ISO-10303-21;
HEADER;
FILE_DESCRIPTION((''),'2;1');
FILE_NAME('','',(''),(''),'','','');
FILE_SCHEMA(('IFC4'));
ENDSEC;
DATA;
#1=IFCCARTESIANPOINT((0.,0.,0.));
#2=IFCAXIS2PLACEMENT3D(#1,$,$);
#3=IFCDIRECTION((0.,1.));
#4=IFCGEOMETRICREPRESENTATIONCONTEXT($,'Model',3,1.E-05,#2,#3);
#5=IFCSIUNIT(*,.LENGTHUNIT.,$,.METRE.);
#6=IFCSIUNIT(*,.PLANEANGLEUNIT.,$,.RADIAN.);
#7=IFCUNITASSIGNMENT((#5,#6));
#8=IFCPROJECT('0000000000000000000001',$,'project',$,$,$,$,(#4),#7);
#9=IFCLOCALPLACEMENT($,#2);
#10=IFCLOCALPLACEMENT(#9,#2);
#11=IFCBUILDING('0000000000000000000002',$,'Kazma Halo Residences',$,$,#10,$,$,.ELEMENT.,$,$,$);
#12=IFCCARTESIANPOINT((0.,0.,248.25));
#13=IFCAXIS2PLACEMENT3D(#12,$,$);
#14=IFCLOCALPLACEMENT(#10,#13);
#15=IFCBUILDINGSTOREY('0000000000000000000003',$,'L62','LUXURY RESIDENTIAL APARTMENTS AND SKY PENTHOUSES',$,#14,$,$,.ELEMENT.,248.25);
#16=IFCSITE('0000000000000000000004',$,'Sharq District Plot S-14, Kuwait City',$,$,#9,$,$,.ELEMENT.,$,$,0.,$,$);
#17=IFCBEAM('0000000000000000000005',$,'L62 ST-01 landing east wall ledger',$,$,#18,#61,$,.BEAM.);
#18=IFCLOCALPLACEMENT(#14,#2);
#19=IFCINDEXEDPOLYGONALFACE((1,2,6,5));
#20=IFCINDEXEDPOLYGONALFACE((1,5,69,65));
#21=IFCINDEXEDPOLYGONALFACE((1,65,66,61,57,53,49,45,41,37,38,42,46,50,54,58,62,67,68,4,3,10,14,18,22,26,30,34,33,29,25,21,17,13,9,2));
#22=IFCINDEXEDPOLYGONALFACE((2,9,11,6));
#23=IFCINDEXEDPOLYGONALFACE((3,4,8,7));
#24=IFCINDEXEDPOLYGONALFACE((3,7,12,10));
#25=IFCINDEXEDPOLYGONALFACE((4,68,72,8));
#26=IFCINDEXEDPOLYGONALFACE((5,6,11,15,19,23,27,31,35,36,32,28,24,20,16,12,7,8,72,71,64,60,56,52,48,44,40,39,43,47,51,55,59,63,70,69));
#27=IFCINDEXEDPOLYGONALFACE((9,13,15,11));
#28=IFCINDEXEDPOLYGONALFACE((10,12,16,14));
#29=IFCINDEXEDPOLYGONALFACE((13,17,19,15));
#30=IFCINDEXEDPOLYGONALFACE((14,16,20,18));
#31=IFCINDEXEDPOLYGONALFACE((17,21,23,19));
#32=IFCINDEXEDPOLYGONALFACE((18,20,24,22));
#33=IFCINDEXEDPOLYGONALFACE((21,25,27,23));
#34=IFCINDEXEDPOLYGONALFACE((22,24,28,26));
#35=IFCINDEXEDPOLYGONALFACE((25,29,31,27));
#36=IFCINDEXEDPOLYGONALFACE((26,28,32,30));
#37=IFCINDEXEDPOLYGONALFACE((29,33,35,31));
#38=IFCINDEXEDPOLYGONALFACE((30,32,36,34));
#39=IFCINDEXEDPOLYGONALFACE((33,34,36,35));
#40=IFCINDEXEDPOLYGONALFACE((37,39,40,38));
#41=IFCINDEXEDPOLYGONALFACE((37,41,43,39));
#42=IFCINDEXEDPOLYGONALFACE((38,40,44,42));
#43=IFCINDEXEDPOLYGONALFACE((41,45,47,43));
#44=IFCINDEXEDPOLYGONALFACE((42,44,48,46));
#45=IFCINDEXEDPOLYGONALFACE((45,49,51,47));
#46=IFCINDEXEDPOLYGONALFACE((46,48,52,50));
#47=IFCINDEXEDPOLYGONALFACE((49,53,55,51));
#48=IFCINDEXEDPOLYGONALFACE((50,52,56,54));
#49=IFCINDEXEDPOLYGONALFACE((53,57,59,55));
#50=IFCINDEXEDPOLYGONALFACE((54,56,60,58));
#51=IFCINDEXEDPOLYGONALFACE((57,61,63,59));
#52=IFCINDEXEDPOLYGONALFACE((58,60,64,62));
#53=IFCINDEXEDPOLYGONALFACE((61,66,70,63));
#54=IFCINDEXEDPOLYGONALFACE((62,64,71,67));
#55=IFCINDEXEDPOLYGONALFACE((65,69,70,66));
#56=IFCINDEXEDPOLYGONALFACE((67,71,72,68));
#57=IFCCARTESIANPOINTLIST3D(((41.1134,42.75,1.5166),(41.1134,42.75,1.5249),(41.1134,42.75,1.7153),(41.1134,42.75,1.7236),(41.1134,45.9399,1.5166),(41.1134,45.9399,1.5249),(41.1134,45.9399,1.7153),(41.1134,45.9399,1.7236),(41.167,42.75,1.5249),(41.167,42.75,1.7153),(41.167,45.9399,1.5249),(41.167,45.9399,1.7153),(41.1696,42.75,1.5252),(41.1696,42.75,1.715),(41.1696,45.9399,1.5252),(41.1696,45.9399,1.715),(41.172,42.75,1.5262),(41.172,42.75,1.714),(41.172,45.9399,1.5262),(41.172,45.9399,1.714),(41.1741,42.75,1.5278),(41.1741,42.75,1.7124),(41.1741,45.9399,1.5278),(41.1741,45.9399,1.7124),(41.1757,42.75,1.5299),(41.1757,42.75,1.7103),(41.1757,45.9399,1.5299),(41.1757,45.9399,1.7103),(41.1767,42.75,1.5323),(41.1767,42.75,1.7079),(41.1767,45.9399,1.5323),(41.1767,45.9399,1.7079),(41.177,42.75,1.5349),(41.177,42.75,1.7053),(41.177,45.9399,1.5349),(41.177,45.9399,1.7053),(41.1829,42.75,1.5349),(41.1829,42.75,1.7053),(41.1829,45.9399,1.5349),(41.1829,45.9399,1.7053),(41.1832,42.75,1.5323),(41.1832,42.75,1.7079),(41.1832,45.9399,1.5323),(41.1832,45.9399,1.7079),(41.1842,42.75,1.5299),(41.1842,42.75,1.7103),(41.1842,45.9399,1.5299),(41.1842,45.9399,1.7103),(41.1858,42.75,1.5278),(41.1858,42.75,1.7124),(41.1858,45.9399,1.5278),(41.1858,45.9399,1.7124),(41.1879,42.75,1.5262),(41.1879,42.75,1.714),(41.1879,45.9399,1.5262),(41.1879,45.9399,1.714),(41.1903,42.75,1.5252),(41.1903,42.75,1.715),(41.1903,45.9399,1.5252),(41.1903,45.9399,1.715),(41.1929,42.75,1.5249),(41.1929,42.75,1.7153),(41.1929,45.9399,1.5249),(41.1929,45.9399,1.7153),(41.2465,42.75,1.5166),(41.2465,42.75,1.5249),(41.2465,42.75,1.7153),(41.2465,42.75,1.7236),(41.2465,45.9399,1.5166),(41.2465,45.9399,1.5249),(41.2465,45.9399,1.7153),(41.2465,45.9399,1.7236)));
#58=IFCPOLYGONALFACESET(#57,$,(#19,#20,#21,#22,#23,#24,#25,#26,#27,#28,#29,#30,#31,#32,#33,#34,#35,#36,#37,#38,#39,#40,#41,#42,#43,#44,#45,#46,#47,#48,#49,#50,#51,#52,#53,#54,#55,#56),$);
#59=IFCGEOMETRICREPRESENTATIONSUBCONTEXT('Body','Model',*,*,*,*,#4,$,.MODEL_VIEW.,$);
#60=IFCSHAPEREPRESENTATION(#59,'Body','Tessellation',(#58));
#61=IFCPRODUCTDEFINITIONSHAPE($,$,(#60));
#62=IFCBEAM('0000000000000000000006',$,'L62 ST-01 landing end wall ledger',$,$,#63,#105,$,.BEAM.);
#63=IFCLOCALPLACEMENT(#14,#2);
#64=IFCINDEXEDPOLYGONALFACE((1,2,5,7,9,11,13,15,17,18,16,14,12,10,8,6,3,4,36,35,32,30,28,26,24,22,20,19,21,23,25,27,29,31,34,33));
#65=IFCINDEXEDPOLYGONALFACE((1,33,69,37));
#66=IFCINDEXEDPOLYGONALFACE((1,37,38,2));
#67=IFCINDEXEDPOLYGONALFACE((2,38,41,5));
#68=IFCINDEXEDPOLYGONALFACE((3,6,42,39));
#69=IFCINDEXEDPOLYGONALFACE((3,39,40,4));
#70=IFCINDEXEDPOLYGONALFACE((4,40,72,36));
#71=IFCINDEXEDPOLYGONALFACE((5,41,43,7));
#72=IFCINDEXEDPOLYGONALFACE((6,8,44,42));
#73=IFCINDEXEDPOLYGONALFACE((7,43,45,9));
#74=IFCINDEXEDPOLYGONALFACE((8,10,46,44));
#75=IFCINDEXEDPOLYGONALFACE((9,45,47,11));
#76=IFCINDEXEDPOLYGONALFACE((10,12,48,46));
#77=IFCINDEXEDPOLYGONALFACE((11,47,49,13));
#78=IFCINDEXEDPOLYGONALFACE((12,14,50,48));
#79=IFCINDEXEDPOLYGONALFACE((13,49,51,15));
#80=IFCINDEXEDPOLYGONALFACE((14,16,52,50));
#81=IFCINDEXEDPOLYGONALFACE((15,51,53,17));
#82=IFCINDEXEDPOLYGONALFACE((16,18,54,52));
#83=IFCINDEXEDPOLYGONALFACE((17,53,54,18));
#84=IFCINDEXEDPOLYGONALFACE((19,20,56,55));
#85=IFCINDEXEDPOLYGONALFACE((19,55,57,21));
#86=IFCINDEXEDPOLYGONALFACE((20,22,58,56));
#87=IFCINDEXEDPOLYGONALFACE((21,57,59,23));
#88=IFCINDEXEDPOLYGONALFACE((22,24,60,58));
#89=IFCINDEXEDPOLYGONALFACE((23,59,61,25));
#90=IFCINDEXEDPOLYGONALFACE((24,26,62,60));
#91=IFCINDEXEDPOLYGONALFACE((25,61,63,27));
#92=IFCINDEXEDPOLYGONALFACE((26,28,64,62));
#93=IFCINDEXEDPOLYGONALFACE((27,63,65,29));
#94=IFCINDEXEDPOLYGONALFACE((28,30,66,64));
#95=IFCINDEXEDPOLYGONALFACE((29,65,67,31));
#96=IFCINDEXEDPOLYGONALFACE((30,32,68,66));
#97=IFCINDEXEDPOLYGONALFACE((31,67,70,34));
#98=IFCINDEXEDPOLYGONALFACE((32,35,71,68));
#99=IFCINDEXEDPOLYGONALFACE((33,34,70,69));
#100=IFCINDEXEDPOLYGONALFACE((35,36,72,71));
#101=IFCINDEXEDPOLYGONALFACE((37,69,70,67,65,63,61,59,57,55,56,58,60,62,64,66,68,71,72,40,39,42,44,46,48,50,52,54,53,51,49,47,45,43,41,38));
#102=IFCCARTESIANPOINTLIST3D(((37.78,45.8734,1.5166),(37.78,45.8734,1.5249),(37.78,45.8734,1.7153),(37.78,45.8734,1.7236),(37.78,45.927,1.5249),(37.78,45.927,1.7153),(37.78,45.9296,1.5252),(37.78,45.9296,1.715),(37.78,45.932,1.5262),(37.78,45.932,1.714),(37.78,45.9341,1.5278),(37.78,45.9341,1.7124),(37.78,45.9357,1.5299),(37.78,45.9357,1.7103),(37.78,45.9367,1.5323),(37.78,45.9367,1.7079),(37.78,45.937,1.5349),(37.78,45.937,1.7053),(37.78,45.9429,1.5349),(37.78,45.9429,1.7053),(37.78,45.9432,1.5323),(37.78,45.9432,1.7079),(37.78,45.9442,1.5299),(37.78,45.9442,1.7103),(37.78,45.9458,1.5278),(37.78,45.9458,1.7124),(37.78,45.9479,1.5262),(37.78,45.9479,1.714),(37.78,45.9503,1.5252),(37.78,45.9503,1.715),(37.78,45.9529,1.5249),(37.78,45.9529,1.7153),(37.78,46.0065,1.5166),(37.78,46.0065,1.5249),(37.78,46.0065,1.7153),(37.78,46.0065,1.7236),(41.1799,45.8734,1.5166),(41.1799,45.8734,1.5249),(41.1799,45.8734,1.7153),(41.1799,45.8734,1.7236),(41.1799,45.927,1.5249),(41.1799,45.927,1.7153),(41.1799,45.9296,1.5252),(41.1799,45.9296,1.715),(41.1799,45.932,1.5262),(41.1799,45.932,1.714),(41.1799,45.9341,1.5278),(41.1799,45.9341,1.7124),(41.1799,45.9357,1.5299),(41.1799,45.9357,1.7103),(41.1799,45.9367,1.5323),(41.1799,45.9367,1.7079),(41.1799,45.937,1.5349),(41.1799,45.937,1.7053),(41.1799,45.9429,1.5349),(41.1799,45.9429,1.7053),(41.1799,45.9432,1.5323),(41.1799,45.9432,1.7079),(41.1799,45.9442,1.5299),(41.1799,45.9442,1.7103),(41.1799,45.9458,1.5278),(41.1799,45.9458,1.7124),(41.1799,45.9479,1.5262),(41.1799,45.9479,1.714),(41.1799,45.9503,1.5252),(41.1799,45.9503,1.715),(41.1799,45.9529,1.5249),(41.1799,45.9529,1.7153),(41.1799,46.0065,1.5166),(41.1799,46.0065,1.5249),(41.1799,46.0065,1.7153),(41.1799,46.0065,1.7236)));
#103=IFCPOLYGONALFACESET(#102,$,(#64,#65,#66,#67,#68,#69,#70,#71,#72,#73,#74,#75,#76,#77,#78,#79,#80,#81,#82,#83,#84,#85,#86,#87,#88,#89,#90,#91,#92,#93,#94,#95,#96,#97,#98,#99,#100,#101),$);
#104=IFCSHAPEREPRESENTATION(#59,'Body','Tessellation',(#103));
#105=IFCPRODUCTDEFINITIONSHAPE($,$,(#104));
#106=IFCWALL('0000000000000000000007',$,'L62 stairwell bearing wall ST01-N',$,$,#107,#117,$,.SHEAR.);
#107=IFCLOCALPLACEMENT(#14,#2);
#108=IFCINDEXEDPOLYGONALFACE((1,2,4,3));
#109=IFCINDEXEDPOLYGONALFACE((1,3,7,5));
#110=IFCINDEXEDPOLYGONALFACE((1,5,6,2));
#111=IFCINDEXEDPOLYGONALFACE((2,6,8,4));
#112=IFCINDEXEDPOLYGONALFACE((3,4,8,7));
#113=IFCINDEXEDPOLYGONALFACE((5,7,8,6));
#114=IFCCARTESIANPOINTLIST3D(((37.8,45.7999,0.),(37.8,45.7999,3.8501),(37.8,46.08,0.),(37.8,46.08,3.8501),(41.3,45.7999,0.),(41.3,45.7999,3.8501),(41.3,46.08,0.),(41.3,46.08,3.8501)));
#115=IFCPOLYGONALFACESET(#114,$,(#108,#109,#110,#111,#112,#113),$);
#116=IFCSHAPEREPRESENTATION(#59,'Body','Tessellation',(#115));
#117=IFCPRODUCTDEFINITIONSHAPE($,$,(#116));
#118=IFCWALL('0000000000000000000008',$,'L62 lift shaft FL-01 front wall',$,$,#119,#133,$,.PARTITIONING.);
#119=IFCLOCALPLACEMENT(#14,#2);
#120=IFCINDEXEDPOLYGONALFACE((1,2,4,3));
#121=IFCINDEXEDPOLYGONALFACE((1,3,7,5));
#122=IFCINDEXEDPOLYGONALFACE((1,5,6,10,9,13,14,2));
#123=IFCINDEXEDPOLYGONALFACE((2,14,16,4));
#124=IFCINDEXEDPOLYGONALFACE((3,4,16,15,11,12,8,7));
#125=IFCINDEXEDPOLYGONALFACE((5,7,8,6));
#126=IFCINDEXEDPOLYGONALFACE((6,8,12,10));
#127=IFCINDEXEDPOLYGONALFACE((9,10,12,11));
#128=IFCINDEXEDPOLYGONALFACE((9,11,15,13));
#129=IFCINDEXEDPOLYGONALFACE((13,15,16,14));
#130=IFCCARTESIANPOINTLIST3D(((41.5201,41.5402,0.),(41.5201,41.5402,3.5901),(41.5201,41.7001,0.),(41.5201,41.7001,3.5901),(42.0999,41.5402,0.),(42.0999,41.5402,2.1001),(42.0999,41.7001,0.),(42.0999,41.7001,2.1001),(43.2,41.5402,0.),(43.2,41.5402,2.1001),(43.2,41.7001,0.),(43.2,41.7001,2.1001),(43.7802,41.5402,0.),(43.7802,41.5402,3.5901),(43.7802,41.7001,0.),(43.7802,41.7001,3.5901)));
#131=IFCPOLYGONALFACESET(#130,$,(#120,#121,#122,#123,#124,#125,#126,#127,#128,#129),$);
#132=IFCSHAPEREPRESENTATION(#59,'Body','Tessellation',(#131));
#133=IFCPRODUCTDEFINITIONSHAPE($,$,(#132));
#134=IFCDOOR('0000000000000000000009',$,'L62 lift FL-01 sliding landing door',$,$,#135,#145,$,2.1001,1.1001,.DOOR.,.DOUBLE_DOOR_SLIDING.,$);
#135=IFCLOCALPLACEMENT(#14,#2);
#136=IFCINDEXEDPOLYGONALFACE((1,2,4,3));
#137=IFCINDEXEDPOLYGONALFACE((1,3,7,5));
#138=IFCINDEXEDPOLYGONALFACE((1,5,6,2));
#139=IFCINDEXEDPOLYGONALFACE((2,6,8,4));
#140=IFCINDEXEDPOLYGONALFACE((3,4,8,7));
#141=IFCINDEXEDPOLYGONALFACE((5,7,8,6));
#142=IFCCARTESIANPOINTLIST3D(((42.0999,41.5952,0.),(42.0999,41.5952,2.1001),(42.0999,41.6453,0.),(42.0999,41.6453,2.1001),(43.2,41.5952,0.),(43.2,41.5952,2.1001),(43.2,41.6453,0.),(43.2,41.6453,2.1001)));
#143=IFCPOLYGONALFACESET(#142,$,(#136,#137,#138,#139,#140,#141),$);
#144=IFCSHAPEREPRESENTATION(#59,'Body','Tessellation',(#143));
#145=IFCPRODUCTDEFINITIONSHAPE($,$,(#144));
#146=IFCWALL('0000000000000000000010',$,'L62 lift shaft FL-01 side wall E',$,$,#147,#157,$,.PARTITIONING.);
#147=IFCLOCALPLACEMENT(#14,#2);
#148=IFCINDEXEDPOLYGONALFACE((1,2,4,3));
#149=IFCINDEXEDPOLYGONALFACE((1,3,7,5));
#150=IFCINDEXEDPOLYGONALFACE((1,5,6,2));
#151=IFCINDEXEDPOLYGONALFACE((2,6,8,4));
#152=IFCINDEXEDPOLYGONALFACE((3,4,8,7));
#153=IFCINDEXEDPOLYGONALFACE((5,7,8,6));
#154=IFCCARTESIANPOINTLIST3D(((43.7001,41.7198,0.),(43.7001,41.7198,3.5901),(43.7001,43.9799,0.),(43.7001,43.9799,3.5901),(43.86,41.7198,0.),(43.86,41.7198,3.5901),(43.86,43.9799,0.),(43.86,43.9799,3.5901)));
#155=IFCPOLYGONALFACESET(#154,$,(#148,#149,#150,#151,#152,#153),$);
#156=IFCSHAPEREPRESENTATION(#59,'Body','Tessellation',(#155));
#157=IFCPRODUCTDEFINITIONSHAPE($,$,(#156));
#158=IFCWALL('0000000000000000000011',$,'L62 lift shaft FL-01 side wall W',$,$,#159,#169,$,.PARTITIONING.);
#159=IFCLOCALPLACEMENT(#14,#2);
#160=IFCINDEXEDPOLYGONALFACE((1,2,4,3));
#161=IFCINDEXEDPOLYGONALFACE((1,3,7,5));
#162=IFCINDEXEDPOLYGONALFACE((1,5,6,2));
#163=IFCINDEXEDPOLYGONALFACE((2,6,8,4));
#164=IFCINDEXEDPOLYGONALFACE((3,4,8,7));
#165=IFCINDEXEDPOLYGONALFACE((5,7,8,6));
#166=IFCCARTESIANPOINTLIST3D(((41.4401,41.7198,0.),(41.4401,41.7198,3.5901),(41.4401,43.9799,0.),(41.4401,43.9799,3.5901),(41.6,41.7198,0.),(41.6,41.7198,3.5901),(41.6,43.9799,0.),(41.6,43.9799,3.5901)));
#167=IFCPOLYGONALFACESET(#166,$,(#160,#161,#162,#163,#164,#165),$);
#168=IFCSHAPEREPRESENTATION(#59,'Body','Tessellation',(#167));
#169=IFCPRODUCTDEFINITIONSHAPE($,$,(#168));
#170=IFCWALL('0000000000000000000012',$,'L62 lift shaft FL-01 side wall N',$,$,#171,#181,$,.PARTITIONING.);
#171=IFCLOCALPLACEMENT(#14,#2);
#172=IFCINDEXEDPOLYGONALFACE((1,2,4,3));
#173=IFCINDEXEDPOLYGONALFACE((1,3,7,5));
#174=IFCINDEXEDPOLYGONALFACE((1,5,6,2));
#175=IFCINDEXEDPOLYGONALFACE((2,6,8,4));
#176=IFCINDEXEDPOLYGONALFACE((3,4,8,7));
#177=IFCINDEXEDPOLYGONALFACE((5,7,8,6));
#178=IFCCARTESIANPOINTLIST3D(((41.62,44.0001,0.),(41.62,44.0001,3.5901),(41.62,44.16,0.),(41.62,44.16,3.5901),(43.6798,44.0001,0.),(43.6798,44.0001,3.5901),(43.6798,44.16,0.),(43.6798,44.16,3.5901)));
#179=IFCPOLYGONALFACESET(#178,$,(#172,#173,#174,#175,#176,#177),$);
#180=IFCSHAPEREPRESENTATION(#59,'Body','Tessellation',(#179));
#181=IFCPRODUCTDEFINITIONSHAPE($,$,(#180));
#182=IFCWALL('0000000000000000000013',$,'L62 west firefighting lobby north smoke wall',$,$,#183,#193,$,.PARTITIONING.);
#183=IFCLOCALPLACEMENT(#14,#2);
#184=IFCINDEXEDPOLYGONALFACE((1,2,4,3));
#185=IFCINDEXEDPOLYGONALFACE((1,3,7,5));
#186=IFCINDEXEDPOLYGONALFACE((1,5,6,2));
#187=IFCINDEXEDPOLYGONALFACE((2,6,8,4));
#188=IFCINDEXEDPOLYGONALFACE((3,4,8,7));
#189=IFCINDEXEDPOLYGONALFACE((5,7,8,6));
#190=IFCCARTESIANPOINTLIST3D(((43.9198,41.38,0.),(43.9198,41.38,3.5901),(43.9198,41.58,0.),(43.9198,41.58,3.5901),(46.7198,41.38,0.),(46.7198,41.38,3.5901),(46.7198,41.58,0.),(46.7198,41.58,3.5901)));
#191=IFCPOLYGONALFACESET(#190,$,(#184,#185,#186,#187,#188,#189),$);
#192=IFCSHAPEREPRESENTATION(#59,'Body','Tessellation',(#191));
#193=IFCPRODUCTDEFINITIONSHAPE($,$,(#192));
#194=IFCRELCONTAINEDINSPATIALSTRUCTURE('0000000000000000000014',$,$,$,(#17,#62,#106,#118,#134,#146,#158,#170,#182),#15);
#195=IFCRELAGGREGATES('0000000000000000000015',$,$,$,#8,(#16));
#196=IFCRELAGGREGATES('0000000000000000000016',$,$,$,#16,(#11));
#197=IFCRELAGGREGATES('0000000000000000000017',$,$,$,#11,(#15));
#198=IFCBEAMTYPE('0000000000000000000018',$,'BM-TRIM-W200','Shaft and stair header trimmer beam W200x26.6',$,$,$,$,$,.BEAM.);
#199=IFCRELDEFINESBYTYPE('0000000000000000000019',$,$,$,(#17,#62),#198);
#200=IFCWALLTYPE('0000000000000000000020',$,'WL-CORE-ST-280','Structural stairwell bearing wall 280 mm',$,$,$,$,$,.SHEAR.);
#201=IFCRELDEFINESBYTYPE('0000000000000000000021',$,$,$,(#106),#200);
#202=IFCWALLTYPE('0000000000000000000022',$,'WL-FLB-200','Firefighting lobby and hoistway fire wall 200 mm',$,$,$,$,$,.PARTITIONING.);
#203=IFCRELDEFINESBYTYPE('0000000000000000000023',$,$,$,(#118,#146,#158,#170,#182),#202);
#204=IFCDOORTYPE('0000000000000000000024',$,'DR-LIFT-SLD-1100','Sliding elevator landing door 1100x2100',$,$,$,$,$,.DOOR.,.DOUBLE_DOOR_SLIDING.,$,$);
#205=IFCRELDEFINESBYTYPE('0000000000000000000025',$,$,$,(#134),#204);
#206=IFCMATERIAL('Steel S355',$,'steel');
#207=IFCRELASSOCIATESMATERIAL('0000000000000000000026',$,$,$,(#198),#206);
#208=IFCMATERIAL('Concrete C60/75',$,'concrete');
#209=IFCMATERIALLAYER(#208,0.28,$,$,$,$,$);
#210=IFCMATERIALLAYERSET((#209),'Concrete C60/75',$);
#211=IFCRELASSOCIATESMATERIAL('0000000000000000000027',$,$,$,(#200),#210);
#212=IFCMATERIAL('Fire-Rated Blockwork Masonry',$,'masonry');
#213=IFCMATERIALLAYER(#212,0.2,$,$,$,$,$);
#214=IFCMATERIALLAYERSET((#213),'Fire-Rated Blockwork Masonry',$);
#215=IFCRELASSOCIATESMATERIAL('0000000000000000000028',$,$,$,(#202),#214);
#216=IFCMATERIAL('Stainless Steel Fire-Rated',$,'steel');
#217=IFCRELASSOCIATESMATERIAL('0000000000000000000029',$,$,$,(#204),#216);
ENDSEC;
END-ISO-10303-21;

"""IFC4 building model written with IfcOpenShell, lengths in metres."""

from ifc_helpers import new_model, si_unit, direction, frame, frame_2d, origin, origin_2d, place, context, subcontext, project, spatial, rectangle, i_section, extrude, material, layer, layer_set, material_profile, profile_set, type_object, element, fill, save


model = new_model("IFC4")

# Units and contexts
model_context = context("Model", 3, precision=1e-05, world=origin(), true_north=direction((0.0, 1.0)))
body_context = subcontext(model_context, "Body", "Model", "MODEL_VIEW")
ifc_project = project(units=[si_unit("LENGTHUNIT", "METRE"), si_unit("PLANEANGLEUNIT", "RADIAN")], contexts=[model_context])

# Site, building, storey
site_placement = place(None, origin())
site = spatial("IfcSite", under=ifc_project, at=site_placement, Name="Sharq District Plot S-14, Kuwait City", CompositionType="ELEMENT", RefElevation=0.0)
building_placement = place(site_placement, origin())
building = spatial("IfcBuilding", under=site, at=building_placement, Name="Kazma Halo Residences", CompositionType="ELEMENT")
storey_placement = place(building_placement, frame((0.0, 0.0, 248.25)))
storey = spatial("IfcBuildingStorey", under=building, at=storey_placement, Name="L62", Description="LUXURY RESIDENTIAL APARTMENTS AND SKY PENTHOUSES", CompositionType="ELEMENT", Elevation=248.25)

# Shared definitions
ifc_material_1 = material(Name="Steel S355", Category="steel")

# Beams
ifc_material_profile_1 = material_profile(ifc_material_1, i_section(OverallWidth=0.1331, OverallDepth=0.207, WebThickness=0.0059, FlangeThickness=0.0083, FilletRadius=0.01, at=origin_2d()), Name="W200x26.6")
ifc_profile_set_1 = profile_set([ifc_material_profile_1], Name="Steel S355")
beam_type_1 = type_object("IfcBeamType", Name="BM-TRIM-W200", Description="Shaft and stair header trimmer beam W200x26.6", PredefinedType="BEAM", material=ifc_profile_set_1)
beam_1_placement = place(storey_placement, frame((41.1799, 42.75, 1.6201), z_axis=(0.0, 1.0, 0.0), x_axis=(-1.0, 0.0, 0.0)))
element("IfcBeam", 1, at=beam_1_placement, inside=storey, type_object=beam_type_1, Name="L62 ST-01 landing east wall ledger", PredefinedType="BEAM", context=body_context, shape_type="SweptSolid", body=[
    extrude(i_section(OverallWidth=0.1331, OverallDepth=0.207, WebThickness=0.0059, FlangeThickness=0.0083, FilletRadius=0.01, at=origin_2d()), origin(), (0.0, 0.0, 1.0), 3.1899),
])
beam_2_placement = place(storey_placement, frame((37.78, 45.9399, 1.6201), z_axis=(1.0, 0.0, 0.0), x_axis=(0.0, 1.0, 0.0)))
element("IfcBeam", 2, at=beam_2_placement, inside=storey, type_object=beam_type_1, Name="L62 ST-01 landing end wall ledger", PredefinedType="BEAM", context=body_context, shape_type="SweptSolid", body=[
    extrude(i_section(OverallWidth=0.1331, OverallDepth=0.207, WebThickness=0.0059, FlangeThickness=0.0083, FilletRadius=0.01, at=origin_2d()), origin(), (0.0, 0.0, 1.0), 3.3999),
])

# Wall
ifc_material_2 = material(Name="Concrete C60/75", Category="concrete")
ifc_layer_1 = layer(ifc_material_2, 0.28)
ifc_layer_set_1 = layer_set([ifc_layer_1], Name="Concrete C60/75")
wall_type_1 = type_object("IfcWallType", Name="WL-CORE-ST-280", Description="Structural stairwell bearing wall 280 mm", PredefinedType="SHEAR", material=ifc_layer_set_1)
wall_1_placement = place(storey_placement, frame((37.8, 45.9399, 0.0), z_axis=(0.0, 0.0, 1.0), x_axis=(1.0, 0.0, 0.0)))
element("IfcWall", 3, at=wall_1_placement, inside=storey, type_object=wall_type_1, Name="L62 stairwell bearing wall ST01-N", PredefinedType="SHEAR", context=body_context, shape_type="SweptSolid", body=[
    extrude(rectangle(XDim=3.5, YDim=0.28, at=frame_2d((1.75, 0.0))), origin(), (0.0, 0.0, 1.0), 3.8501),
])

# Wall, opening, door
ifc_material_3 = material(Name="Fire-Rated Blockwork Masonry", Category="masonry")
ifc_layer_2 = layer(ifc_material_3, 0.2)
ifc_layer_set_2 = layer_set([ifc_layer_2], Name="Fire-Rated Blockwork Masonry")
wall_type_2 = type_object("IfcWallType", Name="WL-FLB-200", Description="Firefighting lobby and hoistway fire wall 200 mm", PredefinedType="PARTITIONING", material=ifc_layer_set_2)
wall_2_placement = place(storey_placement, frame((43.78, 41.6201, 0.0), z_axis=(0.0, 0.0, 1.0), x_axis=(-1.0, 0.0, 0.0)))
wall_2 = element("IfcWall", 4, at=wall_2_placement, inside=storey, type_object=wall_type_2, Name="L62 lift shaft FL-01 front wall", PredefinedType="PARTITIONING", context=body_context, shape_type="SweptSolid", body=[
    extrude(rectangle(XDim=2.26, YDim=0.1599, at=frame_2d((1.1299, 0.0))), origin(), (0.0, 0.0, 1.0), 3.5901),
])
opening_1_placement = place(wall_2_placement, frame((0.5801, 0.0, 0.0)))
opening_1 = element("IfcOpeningElement", 5, at=opening_1_placement, cuts=wall_2, PredefinedType="OPENING", context=body_context, shape_type="SweptSolid", body=[
    extrude(rectangle(XDim=1.1001, YDim=2.1001, at=frame_2d((0.55, 1.05))), frame((0.0, 0.0898, 0.0), z_axis=(0.0, -1.0, 0.0), x_axis=(1.0, 0.0, 0.0)), (0.0, 0.0, 1.0), 0.1799),
])
ifc_material_4 = material(Name="Stainless Steel Fire-Rated", Category="steel")
door_type_1 = type_object("IfcDoorType", Name="DR-LIFT-SLD-1100", Description="Sliding elevator landing door 1100x2100", OperationType="DOUBLE_DOOR_SLIDING", PredefinedType="DOOR", material=ifc_material_4)
door_1_placement = place(opening_1_placement, origin())
door_1 = element("IfcDoor", 6, at=door_1_placement, inside=storey, type_object=door_type_1, Name="L62 lift FL-01 sliding landing door", OperationType="DOUBLE_DOOR_SLIDING", OverallHeight=2.1001, OverallWidth=1.1001, PredefinedType="DOOR", context=body_context, shape_type="SweptSolid", body=[
    extrude(rectangle(XDim=1.1001, YDim=2.1001, at=frame_2d((0.55, 1.05))), frame((0.0, 0.0249, 0.0), z_axis=(0.0, -1.0, 0.0), x_axis=(1.0, 0.0, 0.0)), (0.0, 0.0, 1.0), 0.05),
])
fill(opening_1, door_1)

# Walls
for number, where, z_axis, x_axis, name in (
    (7, (43.78, 41.72, 0.0), (0.0, 0.0, 1.0), (0.0, 1.0, 0.0), "L62 lift shaft FL-01 side wall E"),
    (8, (41.52, 41.72, 0.0), (0.0, 0.0, 1.0), (0.0, 1.0, 0.0), "L62 lift shaft FL-01 side wall W"),
):
    element("IfcWall", number, at=place(storey_placement, frame(where, z_axis=z_axis, x_axis=x_axis)), inside=storey, type_object=wall_type_2, Name=name, PredefinedType="PARTITIONING", context=body_context, shape_type="SweptSolid", body=[
        extrude(rectangle(XDim=2.26, YDim=0.1599, at=frame_2d((1.1299, 0.0))), origin(), (0.0, 0.0, 1.0), 3.5901),
    ])
wall_3_placement = place(storey_placement, frame((41.6201, 44.0801, 0.0), z_axis=(0.0, 0.0, 1.0), x_axis=(1.0, 0.0, 0.0)))
element("IfcWall", 9, at=wall_3_placement, inside=storey, type_object=wall_type_2, Name="L62 lift shaft FL-01 side wall N", PredefinedType="PARTITIONING", context=body_context, shape_type="SweptSolid", body=[
    extrude(rectangle(XDim=2.0598, YDim=0.1599, at=frame_2d((1.0298, 0.0))), origin(), (0.0, 0.0, 1.0), 3.5901),
])
wall_4_placement = place(storey_placement, frame((43.9199, 41.48, 0.0), z_axis=(0.0, 0.0, 1.0), x_axis=(1.0, 0.0, 0.0)))
element("IfcWall", 10, at=wall_4_placement, inside=storey, type_object=wall_type_2, Name="L62 west firefighting lobby north smoke wall", PredefinedType="PARTITIONING", context=body_context, shape_type="SweptSolid", body=[
    extrude(rectangle(XDim=2.8, YDim=0.2, at=frame_2d((1.3999, 0.0))), origin(), (0.0, 0.0, 1.0), 3.5901),
])

save(model, "model.ifc")
